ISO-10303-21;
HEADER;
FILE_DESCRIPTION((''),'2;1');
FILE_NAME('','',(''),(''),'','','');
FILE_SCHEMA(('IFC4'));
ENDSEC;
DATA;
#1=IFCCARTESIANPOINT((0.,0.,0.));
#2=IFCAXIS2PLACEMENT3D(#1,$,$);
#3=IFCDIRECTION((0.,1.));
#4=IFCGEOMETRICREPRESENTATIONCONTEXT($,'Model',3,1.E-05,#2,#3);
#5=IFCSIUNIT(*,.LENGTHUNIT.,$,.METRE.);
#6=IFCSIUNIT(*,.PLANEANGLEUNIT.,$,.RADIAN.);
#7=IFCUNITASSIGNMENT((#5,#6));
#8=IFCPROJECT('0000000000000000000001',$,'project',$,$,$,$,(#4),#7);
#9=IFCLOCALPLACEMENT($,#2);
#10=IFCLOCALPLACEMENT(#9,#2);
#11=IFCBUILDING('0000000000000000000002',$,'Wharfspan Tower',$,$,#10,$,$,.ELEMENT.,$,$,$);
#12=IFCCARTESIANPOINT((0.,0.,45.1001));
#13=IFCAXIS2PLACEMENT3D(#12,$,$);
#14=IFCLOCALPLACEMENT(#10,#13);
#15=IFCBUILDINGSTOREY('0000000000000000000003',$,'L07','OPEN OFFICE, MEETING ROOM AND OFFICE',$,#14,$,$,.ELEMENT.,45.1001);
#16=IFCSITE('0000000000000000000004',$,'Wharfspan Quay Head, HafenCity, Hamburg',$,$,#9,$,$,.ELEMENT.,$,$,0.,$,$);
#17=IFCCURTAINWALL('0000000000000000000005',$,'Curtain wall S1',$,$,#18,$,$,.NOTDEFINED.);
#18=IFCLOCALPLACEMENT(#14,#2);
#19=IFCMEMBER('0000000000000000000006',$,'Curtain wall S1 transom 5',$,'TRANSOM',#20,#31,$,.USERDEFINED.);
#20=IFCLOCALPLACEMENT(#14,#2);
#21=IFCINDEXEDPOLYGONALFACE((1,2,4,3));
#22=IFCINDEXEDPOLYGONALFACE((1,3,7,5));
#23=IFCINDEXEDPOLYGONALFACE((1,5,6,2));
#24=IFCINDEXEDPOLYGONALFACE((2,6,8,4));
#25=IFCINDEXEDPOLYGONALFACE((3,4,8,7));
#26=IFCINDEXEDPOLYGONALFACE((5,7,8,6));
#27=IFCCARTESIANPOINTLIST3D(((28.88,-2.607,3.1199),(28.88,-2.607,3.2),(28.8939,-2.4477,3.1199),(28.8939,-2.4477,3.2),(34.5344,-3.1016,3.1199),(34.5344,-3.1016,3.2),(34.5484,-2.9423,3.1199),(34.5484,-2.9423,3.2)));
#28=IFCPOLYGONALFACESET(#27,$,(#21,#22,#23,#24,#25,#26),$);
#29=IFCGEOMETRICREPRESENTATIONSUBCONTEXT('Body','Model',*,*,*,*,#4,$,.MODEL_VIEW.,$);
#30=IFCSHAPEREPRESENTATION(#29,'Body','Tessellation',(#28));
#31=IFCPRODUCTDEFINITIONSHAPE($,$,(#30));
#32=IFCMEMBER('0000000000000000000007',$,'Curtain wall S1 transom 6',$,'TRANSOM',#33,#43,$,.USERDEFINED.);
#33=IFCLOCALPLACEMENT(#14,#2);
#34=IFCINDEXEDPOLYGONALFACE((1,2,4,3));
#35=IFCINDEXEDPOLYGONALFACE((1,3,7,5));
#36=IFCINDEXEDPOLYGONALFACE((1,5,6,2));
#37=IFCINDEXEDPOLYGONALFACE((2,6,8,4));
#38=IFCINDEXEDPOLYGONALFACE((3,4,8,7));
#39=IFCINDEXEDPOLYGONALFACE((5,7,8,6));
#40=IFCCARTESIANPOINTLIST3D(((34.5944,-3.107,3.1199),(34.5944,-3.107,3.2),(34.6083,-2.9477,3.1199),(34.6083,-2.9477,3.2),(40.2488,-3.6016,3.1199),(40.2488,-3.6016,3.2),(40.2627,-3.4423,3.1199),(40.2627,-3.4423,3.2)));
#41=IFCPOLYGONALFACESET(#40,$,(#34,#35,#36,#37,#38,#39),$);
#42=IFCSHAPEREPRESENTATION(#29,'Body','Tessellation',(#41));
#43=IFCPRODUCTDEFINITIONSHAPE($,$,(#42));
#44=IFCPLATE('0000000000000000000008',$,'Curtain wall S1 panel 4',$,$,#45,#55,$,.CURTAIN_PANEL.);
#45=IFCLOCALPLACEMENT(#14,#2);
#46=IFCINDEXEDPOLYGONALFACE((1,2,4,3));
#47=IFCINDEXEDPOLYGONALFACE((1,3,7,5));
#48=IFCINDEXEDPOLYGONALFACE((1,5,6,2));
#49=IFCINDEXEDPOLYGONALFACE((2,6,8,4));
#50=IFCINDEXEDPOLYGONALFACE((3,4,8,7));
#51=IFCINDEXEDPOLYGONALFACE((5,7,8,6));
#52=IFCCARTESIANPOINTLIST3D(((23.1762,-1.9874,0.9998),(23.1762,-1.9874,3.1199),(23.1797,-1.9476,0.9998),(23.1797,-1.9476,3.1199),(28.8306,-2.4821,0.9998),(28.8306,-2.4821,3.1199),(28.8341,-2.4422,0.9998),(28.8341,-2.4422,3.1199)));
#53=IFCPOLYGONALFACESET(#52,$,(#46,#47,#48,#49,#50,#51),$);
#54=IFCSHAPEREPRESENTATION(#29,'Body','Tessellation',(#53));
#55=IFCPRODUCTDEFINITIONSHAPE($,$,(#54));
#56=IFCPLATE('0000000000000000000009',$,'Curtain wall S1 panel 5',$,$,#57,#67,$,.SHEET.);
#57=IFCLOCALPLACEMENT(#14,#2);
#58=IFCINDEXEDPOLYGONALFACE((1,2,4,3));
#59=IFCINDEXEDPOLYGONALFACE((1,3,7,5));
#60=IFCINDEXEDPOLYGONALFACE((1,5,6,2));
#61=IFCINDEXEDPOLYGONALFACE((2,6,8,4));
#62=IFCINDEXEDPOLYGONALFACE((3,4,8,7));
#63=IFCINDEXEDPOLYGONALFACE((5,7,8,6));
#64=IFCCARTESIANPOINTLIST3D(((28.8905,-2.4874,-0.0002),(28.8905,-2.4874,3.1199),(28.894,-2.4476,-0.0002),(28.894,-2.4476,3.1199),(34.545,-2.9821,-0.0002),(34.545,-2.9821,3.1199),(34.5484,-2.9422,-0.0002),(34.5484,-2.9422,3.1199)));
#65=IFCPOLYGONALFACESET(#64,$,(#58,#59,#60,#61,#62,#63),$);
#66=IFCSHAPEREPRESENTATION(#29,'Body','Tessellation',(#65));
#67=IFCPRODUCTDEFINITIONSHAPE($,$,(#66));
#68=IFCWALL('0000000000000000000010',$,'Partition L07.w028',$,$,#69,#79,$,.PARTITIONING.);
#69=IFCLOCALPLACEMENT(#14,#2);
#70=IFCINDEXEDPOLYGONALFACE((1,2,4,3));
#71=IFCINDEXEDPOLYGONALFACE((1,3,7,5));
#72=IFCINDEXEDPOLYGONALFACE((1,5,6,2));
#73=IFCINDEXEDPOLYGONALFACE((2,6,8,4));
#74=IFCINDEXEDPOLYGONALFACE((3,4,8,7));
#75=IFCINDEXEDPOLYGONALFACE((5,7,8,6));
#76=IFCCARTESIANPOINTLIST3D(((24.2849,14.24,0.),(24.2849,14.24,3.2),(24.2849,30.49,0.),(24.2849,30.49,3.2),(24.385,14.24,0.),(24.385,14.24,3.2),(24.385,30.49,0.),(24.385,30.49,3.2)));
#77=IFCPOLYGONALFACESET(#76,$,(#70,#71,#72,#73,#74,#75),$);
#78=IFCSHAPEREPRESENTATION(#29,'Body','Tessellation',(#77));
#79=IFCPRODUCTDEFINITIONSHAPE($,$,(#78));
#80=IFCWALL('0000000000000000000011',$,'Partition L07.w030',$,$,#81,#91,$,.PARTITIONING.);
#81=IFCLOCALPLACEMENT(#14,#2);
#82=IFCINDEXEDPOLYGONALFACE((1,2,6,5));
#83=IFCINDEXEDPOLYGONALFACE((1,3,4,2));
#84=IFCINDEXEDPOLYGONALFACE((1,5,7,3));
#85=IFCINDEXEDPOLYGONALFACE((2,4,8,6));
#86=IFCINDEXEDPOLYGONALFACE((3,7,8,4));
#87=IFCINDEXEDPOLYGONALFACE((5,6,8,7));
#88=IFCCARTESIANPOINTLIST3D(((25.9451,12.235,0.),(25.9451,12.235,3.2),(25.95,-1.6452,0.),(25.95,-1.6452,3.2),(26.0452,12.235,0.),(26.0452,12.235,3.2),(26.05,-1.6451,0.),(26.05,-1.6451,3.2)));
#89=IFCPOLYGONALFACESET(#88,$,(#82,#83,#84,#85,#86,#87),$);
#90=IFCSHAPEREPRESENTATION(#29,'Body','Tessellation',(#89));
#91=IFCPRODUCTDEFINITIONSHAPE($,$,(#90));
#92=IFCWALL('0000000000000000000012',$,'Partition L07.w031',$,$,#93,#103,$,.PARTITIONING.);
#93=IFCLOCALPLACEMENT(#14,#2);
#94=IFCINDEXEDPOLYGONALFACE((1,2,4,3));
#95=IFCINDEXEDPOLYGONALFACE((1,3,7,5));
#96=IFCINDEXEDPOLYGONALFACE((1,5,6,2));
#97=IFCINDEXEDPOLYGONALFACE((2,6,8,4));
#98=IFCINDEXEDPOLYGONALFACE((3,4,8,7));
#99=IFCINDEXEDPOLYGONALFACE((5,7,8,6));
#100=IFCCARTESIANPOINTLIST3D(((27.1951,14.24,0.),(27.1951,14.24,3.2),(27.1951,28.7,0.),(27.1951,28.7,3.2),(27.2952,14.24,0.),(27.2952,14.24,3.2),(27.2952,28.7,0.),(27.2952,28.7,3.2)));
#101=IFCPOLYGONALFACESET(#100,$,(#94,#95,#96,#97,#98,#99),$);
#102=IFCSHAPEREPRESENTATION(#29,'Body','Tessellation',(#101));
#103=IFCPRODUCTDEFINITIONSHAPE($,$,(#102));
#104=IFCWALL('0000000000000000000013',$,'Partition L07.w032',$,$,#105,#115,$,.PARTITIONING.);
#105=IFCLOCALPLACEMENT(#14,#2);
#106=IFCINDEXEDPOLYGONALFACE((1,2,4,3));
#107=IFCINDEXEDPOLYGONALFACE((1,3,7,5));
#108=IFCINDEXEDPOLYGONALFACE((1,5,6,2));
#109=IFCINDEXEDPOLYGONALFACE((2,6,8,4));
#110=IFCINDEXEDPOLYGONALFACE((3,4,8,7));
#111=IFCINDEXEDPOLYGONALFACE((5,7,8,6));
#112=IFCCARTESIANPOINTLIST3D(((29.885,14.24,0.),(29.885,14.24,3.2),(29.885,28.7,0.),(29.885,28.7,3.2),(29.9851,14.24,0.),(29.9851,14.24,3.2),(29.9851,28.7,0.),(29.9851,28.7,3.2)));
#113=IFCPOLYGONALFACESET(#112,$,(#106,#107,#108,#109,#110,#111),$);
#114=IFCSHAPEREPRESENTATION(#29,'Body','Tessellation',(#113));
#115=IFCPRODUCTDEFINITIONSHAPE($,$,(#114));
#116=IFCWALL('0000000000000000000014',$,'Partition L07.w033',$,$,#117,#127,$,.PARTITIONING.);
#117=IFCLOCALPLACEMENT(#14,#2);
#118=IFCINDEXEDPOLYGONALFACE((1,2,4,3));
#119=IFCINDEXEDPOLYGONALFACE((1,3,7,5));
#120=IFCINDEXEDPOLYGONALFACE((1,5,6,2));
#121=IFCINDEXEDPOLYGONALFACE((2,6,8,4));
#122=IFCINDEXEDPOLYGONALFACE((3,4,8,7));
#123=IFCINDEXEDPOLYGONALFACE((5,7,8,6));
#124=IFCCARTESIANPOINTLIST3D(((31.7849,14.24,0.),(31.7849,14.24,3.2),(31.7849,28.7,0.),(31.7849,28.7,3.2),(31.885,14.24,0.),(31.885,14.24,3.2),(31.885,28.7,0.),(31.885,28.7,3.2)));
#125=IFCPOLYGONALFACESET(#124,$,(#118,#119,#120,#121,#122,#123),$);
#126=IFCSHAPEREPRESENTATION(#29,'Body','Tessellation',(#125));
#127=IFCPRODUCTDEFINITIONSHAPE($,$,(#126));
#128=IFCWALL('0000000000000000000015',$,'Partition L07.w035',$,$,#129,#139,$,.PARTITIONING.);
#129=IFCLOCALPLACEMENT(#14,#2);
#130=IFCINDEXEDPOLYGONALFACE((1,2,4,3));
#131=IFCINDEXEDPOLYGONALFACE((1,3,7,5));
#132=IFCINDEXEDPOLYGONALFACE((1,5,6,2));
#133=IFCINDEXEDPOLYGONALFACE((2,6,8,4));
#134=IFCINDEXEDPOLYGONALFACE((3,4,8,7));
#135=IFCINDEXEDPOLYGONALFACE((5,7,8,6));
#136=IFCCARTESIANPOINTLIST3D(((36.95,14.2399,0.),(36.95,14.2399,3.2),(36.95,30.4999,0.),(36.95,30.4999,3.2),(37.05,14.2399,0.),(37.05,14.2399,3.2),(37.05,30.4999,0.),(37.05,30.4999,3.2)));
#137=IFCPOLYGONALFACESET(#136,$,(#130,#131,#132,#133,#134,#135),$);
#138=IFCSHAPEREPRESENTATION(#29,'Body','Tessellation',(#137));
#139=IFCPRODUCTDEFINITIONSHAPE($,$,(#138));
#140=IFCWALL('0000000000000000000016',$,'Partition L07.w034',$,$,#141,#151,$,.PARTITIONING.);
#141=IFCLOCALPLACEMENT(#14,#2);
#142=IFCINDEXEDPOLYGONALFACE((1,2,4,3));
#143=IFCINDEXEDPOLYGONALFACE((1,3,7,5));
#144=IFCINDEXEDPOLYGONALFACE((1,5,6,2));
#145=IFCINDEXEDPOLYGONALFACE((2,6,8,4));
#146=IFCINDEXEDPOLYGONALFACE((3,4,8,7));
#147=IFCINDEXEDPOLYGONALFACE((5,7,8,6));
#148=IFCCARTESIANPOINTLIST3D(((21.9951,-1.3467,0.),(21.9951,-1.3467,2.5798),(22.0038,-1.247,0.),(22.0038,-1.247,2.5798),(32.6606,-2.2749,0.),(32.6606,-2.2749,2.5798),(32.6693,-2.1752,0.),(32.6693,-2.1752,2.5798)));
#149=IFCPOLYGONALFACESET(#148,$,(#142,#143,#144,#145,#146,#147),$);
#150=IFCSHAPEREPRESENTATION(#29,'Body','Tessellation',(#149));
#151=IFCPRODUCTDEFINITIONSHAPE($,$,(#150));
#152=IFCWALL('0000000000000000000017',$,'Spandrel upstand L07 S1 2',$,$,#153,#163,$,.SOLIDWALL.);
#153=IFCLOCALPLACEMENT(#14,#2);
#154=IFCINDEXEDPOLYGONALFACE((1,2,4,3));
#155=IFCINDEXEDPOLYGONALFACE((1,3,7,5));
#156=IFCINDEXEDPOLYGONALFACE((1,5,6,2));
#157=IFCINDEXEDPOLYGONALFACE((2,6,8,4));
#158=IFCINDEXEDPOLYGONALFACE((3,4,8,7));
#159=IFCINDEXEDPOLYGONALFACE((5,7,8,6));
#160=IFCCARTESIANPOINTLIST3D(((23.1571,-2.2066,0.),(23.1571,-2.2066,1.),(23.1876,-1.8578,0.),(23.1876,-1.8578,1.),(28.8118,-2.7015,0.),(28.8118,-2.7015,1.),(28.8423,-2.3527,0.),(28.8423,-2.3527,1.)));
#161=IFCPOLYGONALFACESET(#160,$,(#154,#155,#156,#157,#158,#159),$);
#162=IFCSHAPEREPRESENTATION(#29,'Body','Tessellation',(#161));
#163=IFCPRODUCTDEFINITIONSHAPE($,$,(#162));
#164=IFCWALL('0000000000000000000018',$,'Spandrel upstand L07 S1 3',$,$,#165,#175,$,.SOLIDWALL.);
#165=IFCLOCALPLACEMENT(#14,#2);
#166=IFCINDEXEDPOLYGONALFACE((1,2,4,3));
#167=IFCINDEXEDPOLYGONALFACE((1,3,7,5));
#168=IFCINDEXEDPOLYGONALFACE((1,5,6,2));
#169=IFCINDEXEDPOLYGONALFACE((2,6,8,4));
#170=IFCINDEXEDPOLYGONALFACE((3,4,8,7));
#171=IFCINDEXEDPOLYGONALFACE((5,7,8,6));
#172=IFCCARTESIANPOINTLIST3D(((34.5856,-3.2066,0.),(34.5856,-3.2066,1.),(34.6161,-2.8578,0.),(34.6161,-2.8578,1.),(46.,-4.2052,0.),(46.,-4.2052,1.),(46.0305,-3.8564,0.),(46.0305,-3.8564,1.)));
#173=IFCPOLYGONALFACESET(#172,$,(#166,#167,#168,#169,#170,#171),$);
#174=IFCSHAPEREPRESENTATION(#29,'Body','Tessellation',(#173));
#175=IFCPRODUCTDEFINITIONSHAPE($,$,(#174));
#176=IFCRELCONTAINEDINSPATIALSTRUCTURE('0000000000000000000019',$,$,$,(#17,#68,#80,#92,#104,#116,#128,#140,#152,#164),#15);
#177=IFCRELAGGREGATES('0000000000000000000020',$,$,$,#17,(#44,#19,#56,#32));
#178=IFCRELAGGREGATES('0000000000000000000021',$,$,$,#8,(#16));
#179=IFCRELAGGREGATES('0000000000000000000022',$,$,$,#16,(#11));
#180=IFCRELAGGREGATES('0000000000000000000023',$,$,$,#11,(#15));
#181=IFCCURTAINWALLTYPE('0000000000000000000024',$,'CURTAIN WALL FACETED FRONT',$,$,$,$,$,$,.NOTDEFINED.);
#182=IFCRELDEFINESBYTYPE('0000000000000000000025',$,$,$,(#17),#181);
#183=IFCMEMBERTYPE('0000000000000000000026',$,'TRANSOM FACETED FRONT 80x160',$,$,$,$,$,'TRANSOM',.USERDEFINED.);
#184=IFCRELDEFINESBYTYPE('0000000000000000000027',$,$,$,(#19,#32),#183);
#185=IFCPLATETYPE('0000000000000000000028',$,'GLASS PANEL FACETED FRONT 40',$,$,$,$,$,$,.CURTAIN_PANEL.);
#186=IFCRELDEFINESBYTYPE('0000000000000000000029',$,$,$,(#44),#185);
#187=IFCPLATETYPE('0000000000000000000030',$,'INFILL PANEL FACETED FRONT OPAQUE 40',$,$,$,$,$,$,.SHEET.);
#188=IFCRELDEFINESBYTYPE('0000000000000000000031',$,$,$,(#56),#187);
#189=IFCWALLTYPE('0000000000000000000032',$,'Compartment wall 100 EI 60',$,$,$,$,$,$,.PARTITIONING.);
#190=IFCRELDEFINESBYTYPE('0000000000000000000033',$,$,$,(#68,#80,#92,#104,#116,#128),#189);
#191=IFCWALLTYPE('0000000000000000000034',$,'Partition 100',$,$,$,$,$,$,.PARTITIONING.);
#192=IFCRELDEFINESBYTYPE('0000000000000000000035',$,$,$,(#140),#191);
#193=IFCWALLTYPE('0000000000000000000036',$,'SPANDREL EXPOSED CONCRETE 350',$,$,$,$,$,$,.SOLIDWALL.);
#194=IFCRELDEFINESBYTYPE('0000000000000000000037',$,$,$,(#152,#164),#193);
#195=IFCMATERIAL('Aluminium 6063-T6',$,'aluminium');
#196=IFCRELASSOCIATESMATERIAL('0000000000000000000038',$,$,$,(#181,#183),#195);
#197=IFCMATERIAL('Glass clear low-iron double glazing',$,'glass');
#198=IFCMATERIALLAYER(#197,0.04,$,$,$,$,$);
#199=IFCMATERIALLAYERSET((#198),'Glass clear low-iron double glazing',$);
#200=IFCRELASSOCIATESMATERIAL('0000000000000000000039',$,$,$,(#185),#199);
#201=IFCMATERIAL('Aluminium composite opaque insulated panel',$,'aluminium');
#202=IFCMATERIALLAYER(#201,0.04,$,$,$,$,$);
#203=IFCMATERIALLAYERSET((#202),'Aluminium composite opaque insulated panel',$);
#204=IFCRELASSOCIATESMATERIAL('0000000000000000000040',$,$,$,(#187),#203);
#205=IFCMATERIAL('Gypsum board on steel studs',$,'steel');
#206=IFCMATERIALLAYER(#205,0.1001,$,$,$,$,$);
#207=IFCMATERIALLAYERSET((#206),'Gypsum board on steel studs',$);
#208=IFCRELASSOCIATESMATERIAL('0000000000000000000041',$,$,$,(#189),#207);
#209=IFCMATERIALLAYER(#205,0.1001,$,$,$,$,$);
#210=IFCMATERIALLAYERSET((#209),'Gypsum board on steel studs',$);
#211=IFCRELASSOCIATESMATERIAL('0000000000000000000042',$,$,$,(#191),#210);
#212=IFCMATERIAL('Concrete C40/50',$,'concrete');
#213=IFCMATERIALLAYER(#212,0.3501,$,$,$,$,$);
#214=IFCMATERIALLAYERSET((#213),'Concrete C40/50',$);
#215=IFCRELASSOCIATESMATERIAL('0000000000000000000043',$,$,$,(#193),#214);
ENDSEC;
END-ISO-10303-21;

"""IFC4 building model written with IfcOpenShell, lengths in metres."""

from ifc_helpers import new_model, si_unit, direction, frame, frame_2d, origin, origin_2d, place, context, subcontext, project, spatial, rectangle, extrude, material, layer, layer_set, material_profile, profile_set, type_object, element, aggregate, save


model = new_model("IFC4")

# Units and contexts
model_context = context("Model", 3, precision=1e-05, world=origin(), true_north=direction((0.0, 1.0)))
body_context = subcontext(model_context, "Body", "Model", "MODEL_VIEW")
ifc_project = project(units=[si_unit("LENGTHUNIT", "METRE"), si_unit("PLANEANGLEUNIT", "RADIAN")], contexts=[model_context])

# Site, building, storey
site_placement = place(None, origin())
site = spatial("IfcSite", under=ifc_project, at=site_placement, Name="Wharfspan Quay Head, HafenCity, Hamburg", CompositionType="ELEMENT", RefElevation=0.0)
building_placement = place(site_placement, origin())
building = spatial("IfcBuilding", under=site, at=building_placement, Name="Wharfspan Tower", CompositionType="ELEMENT")
storey_placement = place(building_placement, frame((0.0, 0.0, 45.1001)))
storey = spatial("IfcBuildingStorey", under=building, at=storey_placement, Name="L07", Description="OPEN OFFICE, MEETING ROOM AND OFFICE", CompositionType="ELEMENT", Elevation=45.1001)

# Curtain wall
ifc_material_1 = material(Name="Aluminium 6063-T6", Category="aluminium")
curtain_wall_type = type_object("IfcCurtainWallType", Name="CURTAIN WALL FACETED FRONT", PredefinedType="NOTDEFINED", material=ifc_material_1)
curtain_wall_placement = place(storey_placement, origin())
curtain_wall = element("IfcCurtainWall", 1, at=curtain_wall_placement, inside=storey, type_object=curtain_wall_type, Name="Curtain wall S1", PredefinedType="NOTDEFINED")

# Members
ifc_material_profile_1 = material_profile(ifc_material_1, rectangle(XDim=0.1599, YDim=0.0801, at=origin_2d()))
ifc_profile_set_1 = profile_set([ifc_material_profile_1], Name="Aluminium 6063-T6")
member_type_1 = type_object("IfcMemberType", Name="TRANSOM FACETED FRONT 80x160", ElementType="TRANSOM", PredefinedType="USERDEFINED", material=ifc_profile_set_1)
member_1_placement = place(storey_placement, frame((28.887, -2.5273, 3.1599), z_axis=(0.996196, -0.087142, 0.0), x_axis=(0.087142, 0.996196, 0.0)))
member_1 = element("IfcMember", 2, at=member_1_placement, type_object=member_type_1, Name="Curtain wall S1 transom 5", ObjectType="TRANSOM", PredefinedType="USERDEFINED", context=body_context, shape_type="SweptSolid", body=[
    extrude(rectangle(XDim=0.1599, YDim=0.0801, at=origin_2d()), origin(), (0.0, 0.0, 1.0), 5.676),
])
member_2_placement = place(storey_placement, frame((34.6013, -3.0273, 3.1599), z_axis=(0.996196, -0.087142, 0.0), x_axis=(0.087142, 0.996196, 0.0)))
member_2 = element("IfcMember", 3, at=member_2_placement, type_object=member_type_1, Name="Curtain wall S1 transom 6", ObjectType="TRANSOM", PredefinedType="USERDEFINED", context=body_context, shape_type="SweptSolid", body=[
    extrude(rectangle(XDim=0.1599, YDim=0.0801, at=origin_2d()), origin(), (0.0, 0.0, 1.0), 5.676),
])

# Plates
ifc_material_2 = material(Name="Glass clear low-iron double glazing", Category="glass")
ifc_layer_1 = layer(ifc_material_2, 0.04)
ifc_layer_set_1 = layer_set([ifc_layer_1], Name="Glass clear low-iron double glazing")
plate_type_1 = type_object("IfcPlateType", Name="GLASS PANEL FACETED FRONT 40", PredefinedType="CURTAIN_PANEL", material=ifc_layer_set_1)
plate_1_placement = place(storey_placement, frame((26.0051, -2.2148, 0.9998), z_axis=(0.0, 0.0, 1.0), x_axis=(0.996197, -0.087156, 0.0)))
plate_1 = element("IfcPlate", 4, at=plate_1_placement, type_object=plate_type_1, Name="Curtain wall S1 panel 4", PredefinedType="CURTAIN_PANEL", context=body_context, shape_type="SweptSolid", body=[
    extrude(rectangle(XDim=5.676, YDim=0.04, at=origin_2d()), origin(), (0.0, 0.0, 1.0), 2.1201),
])
ifc_material_3 = material(Name="Aluminium composite opaque insulated panel", Category="aluminium")
ifc_layer_2 = layer(ifc_material_3, 0.04)
ifc_layer_set_2 = layer_set([ifc_layer_2], Name="Aluminium composite opaque insulated panel")
plate_type_2 = type_object("IfcPlateType", Name="INFILL PANEL FACETED FRONT OPAQUE 40", PredefinedType="SHEET", material=ifc_layer_set_2)
plate_2_placement = place(storey_placement, frame((31.7195, -2.7148, -0.0002), z_axis=(0.0, 0.0, 1.0), x_axis=(0.996197, -0.087156, 0.0)))
plate_2 = element("IfcPlate", 5, at=plate_2_placement, type_object=plate_type_2, Name="Curtain wall S1 panel 5", PredefinedType="SHEET", context=body_context, shape_type="SweptSolid", body=[
    extrude(rectangle(XDim=5.676, YDim=0.04, at=origin_2d()), origin(), (0.0, 0.0, 1.0), 3.1201),
])
aggregate(curtain_wall, [plate_1, member_1, plate_2, member_2])

# Walls
ifc_material_4 = material(Name="Gypsum board on steel studs", Category="steel")
ifc_layer_3 = layer(ifc_material_4, 0.1001)
ifc_layer_set_3 = layer_set([ifc_layer_3], Name="Gypsum board on steel studs")
wall_type_1 = type_object("IfcWallType", Name="Compartment wall 100 EI 60", PredefinedType="PARTITIONING", material=ifc_layer_set_3)
wall_1_placement = place(storey_placement, frame((24.335, 14.24, 0.0), z_axis=(0.0, 0.0, 1.0), x_axis=(0.0, 1.0, 0.0)))
element("IfcWall", 6, at=wall_1_placement, inside=storey, type_object=wall_type_1, Name="Partition L07.w028", PredefinedType="PARTITIONING", context=body_context, shape_type="SweptSolid", body=[
    extrude(rectangle(XDim=16.25, YDim=0.1001, at=frame_2d((8.125, 0.0))), origin(), (0.0, 0.0, 1.0), 3.2),
])
wall_2_placement = place(storey_placement, frame((26.0, -1.645, 0.0), z_axis=(0.0, 0.0, 1.0), x_axis=(-0.000352, 1.000004, 0.0)))
element("IfcWall", 7, at=wall_2_placement, inside=storey, type_object=wall_type_1, Name="Partition L07.w030", PredefinedType="PARTITIONING", context=body_context, shape_type="SweptSolid", body=[
    extrude(rectangle(XDim=13.8801, YDim=0.1001, at=frame_2d((6.9399, 0.0))), origin(), (0.0, 0.0, 1.0), 3.2),
])
for number, where, z_axis, x_axis, name in (
    (8, (27.2451, 14.24, 0.0), (0.0, 0.0, 1.0), (0.0, 1.0, 0.0), "Partition L07.w031"),
    (9, (29.9351, 14.24, 0.0), (0.0, 0.0, 1.0), (0.0, 1.0, 0.0), "Partition L07.w032"),
    (10, (31.835, 14.24, 0.0), (0.0, 0.0, 1.0), (0.0, 1.0, 0.0), "Partition L07.w033"),
):
    element("IfcWall", number, at=place(storey_placement, frame(where, z_axis=z_axis, x_axis=x_axis)), inside=storey, type_object=wall_type_1, Name=name, PredefinedType="PARTITIONING", context=body_context, shape_type="SweptSolid", body=[
        extrude(rectangle(XDim=14.46, YDim=0.1001, at=frame_2d((7.23, 0.0))), origin(), (0.0, 0.0, 1.0), 3.2),
    ])
wall_3_placement = place(storey_placement, frame((37.0, 14.24, 0.0), z_axis=(0.0, 0.0, 1.0), x_axis=(0.0, 1.0, 0.0)))
element("IfcWall", 11, at=wall_3_placement, inside=storey, type_object=wall_type_1, Name="Partition L07.w035", PredefinedType="PARTITIONING", context=body_context, shape_type="SweptSolid", body=[
    extrude(rectangle(XDim=16.26, YDim=0.1001, at=frame_2d((8.1299, 0.0))), origin(), (0.0, 0.0, 1.0), 3.2),
])
ifc_layer_4 = layer(ifc_material_4, 0.1001)
ifc_layer_set_4 = layer_set([ifc_layer_4], Name="Gypsum board on steel studs")
wall_type_2 = type_object("IfcWallType", Name="Partition 100", PredefinedType="PARTITIONING", material=ifc_layer_set_4)
wall_4_placement = place(storey_placement, frame((32.665, -2.2251, 0.0), z_axis=(0.0, 0.0, 1.0), x_axis=(-0.99623, 0.086702, 0.0)))
element("IfcWall", 12, at=wall_4_placement, inside=storey, type_object=wall_type_2, Name="Partition L07.w034", PredefinedType="PARTITIONING", context=body_context, shape_type="SweptSolid", body=[
    extrude(rectangle(XDim=10.7058, YDim=0.1001, at=frame_2d((5.353, 0.0))), origin(), (0.0, 0.0, 1.0), 2.5798),
])
ifc_material_5 = material(Name="Concrete C40/50", Category="concrete")
ifc_layer_5 = layer(ifc_material_5, 0.3501)
ifc_layer_set_5 = layer_set([ifc_layer_5], Name="Concrete C40/50")
wall_type_3 = type_object("IfcWallType", Name="SPANDREL EXPOSED CONCRETE 350", PredefinedType="SOLIDWALL", material=ifc_layer_set_5)
wall_5_placement = place(storey_placement, frame((23.1724, -2.0322, 0.0), z_axis=(0.0, 0.0, 1.0), x_axis=(0.996196, -0.087185, 0.0)))
element("IfcWall", 13, at=wall_5_placement, inside=storey, type_object=wall_type_3, Name="Spandrel upstand L07 S1 2", PredefinedType="SOLIDWALL", context=body_context, shape_type="SweptSolid", body=[
    extrude(rectangle(XDim=5.6763, YDim=0.3501, at=frame_2d((2.8381, 0.0))), origin(), (0.0, 0.0, 1.0), 1.0),
])
wall_6_placement = place(storey_placement, frame((34.6008, -3.0322, 0.0), z_axis=(0.0, 0.0, 1.0), x_axis=(0.996193, -0.087148, 0.0)))
element("IfcWall", 14, at=wall_6_placement, inside=storey, type_object=wall_type_3, Name="Spandrel upstand L07 S1 3", PredefinedType="SOLIDWALL", context=body_context, shape_type="SweptSolid", body=[
    extrude(rectangle(XDim=11.458, YDim=0.3501, at=frame_2d((5.729, 0.0))), origin(), (0.0, 0.0, 1.0), 1.0),
])

save(model, "model.ifc")
